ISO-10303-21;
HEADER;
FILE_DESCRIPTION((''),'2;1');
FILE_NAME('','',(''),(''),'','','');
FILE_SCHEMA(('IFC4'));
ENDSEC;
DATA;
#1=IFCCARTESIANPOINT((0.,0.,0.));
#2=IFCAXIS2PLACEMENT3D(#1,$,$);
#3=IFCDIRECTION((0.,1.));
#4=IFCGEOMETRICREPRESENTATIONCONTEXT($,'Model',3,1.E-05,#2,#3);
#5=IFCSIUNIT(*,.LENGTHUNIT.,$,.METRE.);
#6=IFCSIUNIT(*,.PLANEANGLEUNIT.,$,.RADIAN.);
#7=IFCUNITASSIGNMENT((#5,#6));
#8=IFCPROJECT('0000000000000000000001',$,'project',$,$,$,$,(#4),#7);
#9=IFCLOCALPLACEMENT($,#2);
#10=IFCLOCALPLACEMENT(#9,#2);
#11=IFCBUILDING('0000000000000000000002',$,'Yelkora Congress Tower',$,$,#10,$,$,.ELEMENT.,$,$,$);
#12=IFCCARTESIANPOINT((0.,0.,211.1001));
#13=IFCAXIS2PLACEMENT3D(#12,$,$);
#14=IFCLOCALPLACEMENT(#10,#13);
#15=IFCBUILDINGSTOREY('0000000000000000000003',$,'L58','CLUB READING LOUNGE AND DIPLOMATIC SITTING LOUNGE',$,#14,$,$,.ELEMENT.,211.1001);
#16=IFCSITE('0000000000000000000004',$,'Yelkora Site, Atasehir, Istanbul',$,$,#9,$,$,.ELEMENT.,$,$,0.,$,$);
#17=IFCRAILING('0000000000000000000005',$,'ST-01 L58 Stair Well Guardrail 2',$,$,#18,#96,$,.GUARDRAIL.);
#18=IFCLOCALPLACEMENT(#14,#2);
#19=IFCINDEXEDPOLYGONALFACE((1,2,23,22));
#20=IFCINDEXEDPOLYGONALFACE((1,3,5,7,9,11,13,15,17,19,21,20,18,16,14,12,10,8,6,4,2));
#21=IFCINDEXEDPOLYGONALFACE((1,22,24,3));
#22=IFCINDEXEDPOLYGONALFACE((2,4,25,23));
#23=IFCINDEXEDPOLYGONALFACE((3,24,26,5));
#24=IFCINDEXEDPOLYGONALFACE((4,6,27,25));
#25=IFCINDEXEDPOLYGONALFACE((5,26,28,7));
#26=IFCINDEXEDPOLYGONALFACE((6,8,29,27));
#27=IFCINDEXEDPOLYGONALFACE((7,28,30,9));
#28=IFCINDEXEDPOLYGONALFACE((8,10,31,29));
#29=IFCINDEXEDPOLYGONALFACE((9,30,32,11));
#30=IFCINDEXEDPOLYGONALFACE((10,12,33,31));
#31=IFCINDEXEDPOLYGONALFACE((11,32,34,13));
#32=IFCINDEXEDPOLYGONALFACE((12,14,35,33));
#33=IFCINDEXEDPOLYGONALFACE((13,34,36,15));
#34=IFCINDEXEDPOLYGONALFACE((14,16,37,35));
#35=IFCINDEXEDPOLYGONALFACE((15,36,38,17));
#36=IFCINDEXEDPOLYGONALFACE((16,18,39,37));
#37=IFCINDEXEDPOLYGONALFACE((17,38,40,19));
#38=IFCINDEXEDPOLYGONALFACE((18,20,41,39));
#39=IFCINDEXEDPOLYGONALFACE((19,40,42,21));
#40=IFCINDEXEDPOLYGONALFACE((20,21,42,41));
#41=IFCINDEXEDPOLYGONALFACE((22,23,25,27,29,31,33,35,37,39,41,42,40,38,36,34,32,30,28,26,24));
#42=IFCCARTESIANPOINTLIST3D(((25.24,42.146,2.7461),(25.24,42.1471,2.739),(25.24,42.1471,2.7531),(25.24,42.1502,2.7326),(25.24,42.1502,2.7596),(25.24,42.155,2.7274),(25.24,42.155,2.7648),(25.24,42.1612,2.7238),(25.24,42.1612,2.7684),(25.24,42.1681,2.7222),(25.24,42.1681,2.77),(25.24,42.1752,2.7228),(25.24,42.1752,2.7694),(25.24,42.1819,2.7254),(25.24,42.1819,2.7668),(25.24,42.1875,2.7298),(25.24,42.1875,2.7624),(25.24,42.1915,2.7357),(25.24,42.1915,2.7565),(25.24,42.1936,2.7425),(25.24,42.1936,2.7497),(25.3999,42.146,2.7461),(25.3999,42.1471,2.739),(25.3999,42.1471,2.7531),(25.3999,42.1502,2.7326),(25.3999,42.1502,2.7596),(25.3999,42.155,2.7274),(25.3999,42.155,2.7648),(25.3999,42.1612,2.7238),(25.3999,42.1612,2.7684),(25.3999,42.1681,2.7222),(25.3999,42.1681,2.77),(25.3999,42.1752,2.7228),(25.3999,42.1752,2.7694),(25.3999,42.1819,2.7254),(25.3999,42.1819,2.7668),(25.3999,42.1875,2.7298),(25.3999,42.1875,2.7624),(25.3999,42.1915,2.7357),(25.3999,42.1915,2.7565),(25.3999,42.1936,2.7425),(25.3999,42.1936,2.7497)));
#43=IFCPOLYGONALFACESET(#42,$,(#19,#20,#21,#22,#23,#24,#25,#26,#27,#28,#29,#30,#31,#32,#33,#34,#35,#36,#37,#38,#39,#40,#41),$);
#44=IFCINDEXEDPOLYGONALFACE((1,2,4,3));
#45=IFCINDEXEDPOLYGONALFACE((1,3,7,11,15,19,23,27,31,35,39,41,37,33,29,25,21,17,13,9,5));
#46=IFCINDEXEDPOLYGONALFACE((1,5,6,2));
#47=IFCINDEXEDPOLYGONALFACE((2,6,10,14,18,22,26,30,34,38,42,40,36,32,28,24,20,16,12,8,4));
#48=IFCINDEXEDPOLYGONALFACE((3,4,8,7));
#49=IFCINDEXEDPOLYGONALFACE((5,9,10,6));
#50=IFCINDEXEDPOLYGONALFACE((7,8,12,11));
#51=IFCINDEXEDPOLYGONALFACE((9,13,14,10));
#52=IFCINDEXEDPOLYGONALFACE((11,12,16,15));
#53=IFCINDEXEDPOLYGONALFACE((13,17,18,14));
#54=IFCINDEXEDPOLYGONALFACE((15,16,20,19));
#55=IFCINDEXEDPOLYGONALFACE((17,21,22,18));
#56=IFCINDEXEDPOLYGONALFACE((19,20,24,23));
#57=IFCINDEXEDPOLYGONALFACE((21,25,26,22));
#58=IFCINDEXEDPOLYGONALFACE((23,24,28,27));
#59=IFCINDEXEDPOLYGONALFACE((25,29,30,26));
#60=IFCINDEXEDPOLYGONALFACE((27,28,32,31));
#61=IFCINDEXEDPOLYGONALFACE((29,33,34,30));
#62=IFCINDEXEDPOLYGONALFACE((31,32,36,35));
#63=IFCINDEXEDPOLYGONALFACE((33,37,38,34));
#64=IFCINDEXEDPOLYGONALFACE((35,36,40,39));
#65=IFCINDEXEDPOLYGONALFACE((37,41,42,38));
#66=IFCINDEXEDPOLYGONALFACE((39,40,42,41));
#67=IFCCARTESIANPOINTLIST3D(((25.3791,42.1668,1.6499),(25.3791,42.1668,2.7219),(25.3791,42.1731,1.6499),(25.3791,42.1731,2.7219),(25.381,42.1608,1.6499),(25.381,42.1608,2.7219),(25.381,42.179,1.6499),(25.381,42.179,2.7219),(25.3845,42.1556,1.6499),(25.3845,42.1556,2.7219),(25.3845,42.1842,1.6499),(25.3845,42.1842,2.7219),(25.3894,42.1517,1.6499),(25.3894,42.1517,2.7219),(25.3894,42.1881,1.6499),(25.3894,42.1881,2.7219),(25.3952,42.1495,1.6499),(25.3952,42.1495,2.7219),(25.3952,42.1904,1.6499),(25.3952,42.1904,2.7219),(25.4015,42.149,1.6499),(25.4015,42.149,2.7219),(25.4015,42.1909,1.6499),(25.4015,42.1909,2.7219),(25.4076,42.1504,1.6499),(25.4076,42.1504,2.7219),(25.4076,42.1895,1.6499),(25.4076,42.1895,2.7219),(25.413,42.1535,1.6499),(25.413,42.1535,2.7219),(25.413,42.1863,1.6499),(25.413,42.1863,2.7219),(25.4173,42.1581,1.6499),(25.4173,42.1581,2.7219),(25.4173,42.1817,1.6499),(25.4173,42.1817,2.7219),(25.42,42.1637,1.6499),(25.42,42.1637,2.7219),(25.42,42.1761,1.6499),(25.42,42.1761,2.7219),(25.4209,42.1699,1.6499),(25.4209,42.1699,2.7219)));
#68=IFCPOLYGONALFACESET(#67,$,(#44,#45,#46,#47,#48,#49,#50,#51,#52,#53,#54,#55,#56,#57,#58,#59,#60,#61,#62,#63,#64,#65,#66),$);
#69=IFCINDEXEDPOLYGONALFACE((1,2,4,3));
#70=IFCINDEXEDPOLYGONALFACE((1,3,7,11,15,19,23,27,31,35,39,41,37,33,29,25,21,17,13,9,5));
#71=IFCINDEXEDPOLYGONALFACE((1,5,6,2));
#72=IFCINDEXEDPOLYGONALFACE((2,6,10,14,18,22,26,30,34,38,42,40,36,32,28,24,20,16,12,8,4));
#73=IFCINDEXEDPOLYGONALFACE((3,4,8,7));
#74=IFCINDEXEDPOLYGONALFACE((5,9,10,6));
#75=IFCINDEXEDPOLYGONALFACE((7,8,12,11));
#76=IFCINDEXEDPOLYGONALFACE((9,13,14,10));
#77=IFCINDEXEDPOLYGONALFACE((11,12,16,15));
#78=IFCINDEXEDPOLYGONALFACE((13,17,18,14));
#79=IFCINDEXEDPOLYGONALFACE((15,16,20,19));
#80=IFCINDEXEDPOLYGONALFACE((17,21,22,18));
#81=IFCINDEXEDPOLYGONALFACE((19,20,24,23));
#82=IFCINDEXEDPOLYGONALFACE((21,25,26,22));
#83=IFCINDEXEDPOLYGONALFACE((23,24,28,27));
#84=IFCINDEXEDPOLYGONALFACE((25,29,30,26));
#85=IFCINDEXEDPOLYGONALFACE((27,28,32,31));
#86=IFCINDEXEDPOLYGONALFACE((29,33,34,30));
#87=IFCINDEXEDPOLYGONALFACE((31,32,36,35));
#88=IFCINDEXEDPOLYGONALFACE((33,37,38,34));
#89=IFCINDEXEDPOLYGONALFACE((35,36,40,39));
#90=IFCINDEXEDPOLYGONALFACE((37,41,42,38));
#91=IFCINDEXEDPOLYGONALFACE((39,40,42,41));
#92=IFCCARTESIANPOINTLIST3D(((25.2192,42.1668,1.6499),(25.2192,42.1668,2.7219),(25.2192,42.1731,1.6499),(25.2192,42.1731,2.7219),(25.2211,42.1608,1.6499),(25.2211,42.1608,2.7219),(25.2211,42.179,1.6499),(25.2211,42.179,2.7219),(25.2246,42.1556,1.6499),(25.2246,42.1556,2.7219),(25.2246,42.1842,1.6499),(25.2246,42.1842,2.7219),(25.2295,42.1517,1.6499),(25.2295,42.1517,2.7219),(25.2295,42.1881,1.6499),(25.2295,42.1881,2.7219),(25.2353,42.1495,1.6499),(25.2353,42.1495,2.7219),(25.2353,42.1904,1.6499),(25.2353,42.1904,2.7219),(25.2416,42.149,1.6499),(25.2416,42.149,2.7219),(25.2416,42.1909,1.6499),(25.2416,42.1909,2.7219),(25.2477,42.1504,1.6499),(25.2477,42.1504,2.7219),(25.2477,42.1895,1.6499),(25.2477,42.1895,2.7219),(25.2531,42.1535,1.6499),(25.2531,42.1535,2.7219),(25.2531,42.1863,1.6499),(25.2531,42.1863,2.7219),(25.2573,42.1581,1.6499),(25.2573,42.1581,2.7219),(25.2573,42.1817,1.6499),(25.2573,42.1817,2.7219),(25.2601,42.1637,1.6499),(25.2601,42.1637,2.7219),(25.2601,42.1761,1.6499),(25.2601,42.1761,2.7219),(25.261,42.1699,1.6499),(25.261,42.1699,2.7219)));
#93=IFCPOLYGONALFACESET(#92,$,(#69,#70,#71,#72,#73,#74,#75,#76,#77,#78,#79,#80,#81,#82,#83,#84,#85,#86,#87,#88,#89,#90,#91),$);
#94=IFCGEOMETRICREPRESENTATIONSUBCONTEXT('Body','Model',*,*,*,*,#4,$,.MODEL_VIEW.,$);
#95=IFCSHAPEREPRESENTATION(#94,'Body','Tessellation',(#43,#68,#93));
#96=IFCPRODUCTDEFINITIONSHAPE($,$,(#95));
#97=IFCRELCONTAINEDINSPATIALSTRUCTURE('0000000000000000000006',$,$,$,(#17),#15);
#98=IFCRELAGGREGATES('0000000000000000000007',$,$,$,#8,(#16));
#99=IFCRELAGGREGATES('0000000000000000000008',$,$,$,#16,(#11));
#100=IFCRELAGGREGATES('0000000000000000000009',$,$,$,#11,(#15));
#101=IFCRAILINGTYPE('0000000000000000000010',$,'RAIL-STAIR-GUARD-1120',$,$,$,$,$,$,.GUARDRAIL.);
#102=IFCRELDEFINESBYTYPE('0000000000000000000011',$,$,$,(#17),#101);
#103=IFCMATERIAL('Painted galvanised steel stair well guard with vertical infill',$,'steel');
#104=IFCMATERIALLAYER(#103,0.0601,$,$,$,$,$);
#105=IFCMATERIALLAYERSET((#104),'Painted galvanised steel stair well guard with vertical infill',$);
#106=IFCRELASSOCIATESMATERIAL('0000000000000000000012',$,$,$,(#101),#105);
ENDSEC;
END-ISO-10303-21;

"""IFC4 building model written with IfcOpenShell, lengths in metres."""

from ifc_helpers import new_model, si_unit, direction, frame, origin, origin_2d, place, context, subcontext, project, spatial, circle, extrude, material, layer, layer_set, type_object, element, save


model = new_model("IFC4")

# Units and contexts
model_context = context("Model", 3, precision=1e-05, world=origin(), true_north=direction((0.0, 1.0)))
body_context = subcontext(model_context, "Body", "Model", "MODEL_VIEW")
ifc_project = project(units=[si_unit("LENGTHUNIT", "METRE"), si_unit("PLANEANGLEUNIT", "RADIAN")], contexts=[model_context])

# Site, building, storey
site_placement = place(None, origin())
site = spatial("IfcSite", under=ifc_project, at=site_placement, Name="Yelkora Site, Atasehir, Istanbul", CompositionType="ELEMENT", RefElevation=0.0)
building_placement = place(site_placement, origin())
building = spatial("IfcBuilding", under=site, at=building_placement, Name="Yelkora Congress Tower", CompositionType="ELEMENT")
storey_placement = place(building_placement, frame((0.0, 0.0, 211.1001)))
storey = spatial("IfcBuildingStorey", under=building, at=storey_placement, Name="L58", Description="CLUB READING LOUNGE AND DIPLOMATIC SITTING LOUNGE", CompositionType="ELEMENT", Elevation=211.1001)

# Railing
ifc_material_1 = material(Name="Painted galvanised steel stair well guard with vertical infill", Category="steel")
ifc_layer_1 = layer(ifc_material_1, 0.0601)
ifc_layer_set_1 = layer_set([ifc_layer_1], Name="Painted galvanised steel stair well guard with vertical infill")
railing_type_1 = type_object("IfcRailingType", Name="RAIL-STAIR-GUARD-1120", PredefinedType="GUARDRAIL", material=ifc_layer_set_1)
railing_1_placement = place(storey_placement, frame((25.3999, 42.1699, 1.6499)))
element("IfcRailing", 1, at=railing_1_placement, inside=storey, type_object=railing_type_1, Name="ST-01 L58 Stair Well Guardrail 2", PredefinedType="GUARDRAIL", context=body_context, shape_type="SweptSolid", body=[
    extrude(circle(Radius=0.0239, at=origin_2d()), frame((0.0, 0.0, 1.0962), z_axis=(-1.0, 0.0, 0.0), x_axis=(0.0, -1.0, 0.0)), (0.0, 0.0, 1.0), 0.1599),
    extrude(circle(Radius=0.021, at=origin_2d()), origin(), (0.0, 0.0, 1.0), 1.072),
    extrude(circle(Radius=0.021, at=origin_2d()), frame((-0.1599, 0.0, 0.0)), (0.0, 0.0, 1.0), 1.072),
])

save(model, "model.ifc")
